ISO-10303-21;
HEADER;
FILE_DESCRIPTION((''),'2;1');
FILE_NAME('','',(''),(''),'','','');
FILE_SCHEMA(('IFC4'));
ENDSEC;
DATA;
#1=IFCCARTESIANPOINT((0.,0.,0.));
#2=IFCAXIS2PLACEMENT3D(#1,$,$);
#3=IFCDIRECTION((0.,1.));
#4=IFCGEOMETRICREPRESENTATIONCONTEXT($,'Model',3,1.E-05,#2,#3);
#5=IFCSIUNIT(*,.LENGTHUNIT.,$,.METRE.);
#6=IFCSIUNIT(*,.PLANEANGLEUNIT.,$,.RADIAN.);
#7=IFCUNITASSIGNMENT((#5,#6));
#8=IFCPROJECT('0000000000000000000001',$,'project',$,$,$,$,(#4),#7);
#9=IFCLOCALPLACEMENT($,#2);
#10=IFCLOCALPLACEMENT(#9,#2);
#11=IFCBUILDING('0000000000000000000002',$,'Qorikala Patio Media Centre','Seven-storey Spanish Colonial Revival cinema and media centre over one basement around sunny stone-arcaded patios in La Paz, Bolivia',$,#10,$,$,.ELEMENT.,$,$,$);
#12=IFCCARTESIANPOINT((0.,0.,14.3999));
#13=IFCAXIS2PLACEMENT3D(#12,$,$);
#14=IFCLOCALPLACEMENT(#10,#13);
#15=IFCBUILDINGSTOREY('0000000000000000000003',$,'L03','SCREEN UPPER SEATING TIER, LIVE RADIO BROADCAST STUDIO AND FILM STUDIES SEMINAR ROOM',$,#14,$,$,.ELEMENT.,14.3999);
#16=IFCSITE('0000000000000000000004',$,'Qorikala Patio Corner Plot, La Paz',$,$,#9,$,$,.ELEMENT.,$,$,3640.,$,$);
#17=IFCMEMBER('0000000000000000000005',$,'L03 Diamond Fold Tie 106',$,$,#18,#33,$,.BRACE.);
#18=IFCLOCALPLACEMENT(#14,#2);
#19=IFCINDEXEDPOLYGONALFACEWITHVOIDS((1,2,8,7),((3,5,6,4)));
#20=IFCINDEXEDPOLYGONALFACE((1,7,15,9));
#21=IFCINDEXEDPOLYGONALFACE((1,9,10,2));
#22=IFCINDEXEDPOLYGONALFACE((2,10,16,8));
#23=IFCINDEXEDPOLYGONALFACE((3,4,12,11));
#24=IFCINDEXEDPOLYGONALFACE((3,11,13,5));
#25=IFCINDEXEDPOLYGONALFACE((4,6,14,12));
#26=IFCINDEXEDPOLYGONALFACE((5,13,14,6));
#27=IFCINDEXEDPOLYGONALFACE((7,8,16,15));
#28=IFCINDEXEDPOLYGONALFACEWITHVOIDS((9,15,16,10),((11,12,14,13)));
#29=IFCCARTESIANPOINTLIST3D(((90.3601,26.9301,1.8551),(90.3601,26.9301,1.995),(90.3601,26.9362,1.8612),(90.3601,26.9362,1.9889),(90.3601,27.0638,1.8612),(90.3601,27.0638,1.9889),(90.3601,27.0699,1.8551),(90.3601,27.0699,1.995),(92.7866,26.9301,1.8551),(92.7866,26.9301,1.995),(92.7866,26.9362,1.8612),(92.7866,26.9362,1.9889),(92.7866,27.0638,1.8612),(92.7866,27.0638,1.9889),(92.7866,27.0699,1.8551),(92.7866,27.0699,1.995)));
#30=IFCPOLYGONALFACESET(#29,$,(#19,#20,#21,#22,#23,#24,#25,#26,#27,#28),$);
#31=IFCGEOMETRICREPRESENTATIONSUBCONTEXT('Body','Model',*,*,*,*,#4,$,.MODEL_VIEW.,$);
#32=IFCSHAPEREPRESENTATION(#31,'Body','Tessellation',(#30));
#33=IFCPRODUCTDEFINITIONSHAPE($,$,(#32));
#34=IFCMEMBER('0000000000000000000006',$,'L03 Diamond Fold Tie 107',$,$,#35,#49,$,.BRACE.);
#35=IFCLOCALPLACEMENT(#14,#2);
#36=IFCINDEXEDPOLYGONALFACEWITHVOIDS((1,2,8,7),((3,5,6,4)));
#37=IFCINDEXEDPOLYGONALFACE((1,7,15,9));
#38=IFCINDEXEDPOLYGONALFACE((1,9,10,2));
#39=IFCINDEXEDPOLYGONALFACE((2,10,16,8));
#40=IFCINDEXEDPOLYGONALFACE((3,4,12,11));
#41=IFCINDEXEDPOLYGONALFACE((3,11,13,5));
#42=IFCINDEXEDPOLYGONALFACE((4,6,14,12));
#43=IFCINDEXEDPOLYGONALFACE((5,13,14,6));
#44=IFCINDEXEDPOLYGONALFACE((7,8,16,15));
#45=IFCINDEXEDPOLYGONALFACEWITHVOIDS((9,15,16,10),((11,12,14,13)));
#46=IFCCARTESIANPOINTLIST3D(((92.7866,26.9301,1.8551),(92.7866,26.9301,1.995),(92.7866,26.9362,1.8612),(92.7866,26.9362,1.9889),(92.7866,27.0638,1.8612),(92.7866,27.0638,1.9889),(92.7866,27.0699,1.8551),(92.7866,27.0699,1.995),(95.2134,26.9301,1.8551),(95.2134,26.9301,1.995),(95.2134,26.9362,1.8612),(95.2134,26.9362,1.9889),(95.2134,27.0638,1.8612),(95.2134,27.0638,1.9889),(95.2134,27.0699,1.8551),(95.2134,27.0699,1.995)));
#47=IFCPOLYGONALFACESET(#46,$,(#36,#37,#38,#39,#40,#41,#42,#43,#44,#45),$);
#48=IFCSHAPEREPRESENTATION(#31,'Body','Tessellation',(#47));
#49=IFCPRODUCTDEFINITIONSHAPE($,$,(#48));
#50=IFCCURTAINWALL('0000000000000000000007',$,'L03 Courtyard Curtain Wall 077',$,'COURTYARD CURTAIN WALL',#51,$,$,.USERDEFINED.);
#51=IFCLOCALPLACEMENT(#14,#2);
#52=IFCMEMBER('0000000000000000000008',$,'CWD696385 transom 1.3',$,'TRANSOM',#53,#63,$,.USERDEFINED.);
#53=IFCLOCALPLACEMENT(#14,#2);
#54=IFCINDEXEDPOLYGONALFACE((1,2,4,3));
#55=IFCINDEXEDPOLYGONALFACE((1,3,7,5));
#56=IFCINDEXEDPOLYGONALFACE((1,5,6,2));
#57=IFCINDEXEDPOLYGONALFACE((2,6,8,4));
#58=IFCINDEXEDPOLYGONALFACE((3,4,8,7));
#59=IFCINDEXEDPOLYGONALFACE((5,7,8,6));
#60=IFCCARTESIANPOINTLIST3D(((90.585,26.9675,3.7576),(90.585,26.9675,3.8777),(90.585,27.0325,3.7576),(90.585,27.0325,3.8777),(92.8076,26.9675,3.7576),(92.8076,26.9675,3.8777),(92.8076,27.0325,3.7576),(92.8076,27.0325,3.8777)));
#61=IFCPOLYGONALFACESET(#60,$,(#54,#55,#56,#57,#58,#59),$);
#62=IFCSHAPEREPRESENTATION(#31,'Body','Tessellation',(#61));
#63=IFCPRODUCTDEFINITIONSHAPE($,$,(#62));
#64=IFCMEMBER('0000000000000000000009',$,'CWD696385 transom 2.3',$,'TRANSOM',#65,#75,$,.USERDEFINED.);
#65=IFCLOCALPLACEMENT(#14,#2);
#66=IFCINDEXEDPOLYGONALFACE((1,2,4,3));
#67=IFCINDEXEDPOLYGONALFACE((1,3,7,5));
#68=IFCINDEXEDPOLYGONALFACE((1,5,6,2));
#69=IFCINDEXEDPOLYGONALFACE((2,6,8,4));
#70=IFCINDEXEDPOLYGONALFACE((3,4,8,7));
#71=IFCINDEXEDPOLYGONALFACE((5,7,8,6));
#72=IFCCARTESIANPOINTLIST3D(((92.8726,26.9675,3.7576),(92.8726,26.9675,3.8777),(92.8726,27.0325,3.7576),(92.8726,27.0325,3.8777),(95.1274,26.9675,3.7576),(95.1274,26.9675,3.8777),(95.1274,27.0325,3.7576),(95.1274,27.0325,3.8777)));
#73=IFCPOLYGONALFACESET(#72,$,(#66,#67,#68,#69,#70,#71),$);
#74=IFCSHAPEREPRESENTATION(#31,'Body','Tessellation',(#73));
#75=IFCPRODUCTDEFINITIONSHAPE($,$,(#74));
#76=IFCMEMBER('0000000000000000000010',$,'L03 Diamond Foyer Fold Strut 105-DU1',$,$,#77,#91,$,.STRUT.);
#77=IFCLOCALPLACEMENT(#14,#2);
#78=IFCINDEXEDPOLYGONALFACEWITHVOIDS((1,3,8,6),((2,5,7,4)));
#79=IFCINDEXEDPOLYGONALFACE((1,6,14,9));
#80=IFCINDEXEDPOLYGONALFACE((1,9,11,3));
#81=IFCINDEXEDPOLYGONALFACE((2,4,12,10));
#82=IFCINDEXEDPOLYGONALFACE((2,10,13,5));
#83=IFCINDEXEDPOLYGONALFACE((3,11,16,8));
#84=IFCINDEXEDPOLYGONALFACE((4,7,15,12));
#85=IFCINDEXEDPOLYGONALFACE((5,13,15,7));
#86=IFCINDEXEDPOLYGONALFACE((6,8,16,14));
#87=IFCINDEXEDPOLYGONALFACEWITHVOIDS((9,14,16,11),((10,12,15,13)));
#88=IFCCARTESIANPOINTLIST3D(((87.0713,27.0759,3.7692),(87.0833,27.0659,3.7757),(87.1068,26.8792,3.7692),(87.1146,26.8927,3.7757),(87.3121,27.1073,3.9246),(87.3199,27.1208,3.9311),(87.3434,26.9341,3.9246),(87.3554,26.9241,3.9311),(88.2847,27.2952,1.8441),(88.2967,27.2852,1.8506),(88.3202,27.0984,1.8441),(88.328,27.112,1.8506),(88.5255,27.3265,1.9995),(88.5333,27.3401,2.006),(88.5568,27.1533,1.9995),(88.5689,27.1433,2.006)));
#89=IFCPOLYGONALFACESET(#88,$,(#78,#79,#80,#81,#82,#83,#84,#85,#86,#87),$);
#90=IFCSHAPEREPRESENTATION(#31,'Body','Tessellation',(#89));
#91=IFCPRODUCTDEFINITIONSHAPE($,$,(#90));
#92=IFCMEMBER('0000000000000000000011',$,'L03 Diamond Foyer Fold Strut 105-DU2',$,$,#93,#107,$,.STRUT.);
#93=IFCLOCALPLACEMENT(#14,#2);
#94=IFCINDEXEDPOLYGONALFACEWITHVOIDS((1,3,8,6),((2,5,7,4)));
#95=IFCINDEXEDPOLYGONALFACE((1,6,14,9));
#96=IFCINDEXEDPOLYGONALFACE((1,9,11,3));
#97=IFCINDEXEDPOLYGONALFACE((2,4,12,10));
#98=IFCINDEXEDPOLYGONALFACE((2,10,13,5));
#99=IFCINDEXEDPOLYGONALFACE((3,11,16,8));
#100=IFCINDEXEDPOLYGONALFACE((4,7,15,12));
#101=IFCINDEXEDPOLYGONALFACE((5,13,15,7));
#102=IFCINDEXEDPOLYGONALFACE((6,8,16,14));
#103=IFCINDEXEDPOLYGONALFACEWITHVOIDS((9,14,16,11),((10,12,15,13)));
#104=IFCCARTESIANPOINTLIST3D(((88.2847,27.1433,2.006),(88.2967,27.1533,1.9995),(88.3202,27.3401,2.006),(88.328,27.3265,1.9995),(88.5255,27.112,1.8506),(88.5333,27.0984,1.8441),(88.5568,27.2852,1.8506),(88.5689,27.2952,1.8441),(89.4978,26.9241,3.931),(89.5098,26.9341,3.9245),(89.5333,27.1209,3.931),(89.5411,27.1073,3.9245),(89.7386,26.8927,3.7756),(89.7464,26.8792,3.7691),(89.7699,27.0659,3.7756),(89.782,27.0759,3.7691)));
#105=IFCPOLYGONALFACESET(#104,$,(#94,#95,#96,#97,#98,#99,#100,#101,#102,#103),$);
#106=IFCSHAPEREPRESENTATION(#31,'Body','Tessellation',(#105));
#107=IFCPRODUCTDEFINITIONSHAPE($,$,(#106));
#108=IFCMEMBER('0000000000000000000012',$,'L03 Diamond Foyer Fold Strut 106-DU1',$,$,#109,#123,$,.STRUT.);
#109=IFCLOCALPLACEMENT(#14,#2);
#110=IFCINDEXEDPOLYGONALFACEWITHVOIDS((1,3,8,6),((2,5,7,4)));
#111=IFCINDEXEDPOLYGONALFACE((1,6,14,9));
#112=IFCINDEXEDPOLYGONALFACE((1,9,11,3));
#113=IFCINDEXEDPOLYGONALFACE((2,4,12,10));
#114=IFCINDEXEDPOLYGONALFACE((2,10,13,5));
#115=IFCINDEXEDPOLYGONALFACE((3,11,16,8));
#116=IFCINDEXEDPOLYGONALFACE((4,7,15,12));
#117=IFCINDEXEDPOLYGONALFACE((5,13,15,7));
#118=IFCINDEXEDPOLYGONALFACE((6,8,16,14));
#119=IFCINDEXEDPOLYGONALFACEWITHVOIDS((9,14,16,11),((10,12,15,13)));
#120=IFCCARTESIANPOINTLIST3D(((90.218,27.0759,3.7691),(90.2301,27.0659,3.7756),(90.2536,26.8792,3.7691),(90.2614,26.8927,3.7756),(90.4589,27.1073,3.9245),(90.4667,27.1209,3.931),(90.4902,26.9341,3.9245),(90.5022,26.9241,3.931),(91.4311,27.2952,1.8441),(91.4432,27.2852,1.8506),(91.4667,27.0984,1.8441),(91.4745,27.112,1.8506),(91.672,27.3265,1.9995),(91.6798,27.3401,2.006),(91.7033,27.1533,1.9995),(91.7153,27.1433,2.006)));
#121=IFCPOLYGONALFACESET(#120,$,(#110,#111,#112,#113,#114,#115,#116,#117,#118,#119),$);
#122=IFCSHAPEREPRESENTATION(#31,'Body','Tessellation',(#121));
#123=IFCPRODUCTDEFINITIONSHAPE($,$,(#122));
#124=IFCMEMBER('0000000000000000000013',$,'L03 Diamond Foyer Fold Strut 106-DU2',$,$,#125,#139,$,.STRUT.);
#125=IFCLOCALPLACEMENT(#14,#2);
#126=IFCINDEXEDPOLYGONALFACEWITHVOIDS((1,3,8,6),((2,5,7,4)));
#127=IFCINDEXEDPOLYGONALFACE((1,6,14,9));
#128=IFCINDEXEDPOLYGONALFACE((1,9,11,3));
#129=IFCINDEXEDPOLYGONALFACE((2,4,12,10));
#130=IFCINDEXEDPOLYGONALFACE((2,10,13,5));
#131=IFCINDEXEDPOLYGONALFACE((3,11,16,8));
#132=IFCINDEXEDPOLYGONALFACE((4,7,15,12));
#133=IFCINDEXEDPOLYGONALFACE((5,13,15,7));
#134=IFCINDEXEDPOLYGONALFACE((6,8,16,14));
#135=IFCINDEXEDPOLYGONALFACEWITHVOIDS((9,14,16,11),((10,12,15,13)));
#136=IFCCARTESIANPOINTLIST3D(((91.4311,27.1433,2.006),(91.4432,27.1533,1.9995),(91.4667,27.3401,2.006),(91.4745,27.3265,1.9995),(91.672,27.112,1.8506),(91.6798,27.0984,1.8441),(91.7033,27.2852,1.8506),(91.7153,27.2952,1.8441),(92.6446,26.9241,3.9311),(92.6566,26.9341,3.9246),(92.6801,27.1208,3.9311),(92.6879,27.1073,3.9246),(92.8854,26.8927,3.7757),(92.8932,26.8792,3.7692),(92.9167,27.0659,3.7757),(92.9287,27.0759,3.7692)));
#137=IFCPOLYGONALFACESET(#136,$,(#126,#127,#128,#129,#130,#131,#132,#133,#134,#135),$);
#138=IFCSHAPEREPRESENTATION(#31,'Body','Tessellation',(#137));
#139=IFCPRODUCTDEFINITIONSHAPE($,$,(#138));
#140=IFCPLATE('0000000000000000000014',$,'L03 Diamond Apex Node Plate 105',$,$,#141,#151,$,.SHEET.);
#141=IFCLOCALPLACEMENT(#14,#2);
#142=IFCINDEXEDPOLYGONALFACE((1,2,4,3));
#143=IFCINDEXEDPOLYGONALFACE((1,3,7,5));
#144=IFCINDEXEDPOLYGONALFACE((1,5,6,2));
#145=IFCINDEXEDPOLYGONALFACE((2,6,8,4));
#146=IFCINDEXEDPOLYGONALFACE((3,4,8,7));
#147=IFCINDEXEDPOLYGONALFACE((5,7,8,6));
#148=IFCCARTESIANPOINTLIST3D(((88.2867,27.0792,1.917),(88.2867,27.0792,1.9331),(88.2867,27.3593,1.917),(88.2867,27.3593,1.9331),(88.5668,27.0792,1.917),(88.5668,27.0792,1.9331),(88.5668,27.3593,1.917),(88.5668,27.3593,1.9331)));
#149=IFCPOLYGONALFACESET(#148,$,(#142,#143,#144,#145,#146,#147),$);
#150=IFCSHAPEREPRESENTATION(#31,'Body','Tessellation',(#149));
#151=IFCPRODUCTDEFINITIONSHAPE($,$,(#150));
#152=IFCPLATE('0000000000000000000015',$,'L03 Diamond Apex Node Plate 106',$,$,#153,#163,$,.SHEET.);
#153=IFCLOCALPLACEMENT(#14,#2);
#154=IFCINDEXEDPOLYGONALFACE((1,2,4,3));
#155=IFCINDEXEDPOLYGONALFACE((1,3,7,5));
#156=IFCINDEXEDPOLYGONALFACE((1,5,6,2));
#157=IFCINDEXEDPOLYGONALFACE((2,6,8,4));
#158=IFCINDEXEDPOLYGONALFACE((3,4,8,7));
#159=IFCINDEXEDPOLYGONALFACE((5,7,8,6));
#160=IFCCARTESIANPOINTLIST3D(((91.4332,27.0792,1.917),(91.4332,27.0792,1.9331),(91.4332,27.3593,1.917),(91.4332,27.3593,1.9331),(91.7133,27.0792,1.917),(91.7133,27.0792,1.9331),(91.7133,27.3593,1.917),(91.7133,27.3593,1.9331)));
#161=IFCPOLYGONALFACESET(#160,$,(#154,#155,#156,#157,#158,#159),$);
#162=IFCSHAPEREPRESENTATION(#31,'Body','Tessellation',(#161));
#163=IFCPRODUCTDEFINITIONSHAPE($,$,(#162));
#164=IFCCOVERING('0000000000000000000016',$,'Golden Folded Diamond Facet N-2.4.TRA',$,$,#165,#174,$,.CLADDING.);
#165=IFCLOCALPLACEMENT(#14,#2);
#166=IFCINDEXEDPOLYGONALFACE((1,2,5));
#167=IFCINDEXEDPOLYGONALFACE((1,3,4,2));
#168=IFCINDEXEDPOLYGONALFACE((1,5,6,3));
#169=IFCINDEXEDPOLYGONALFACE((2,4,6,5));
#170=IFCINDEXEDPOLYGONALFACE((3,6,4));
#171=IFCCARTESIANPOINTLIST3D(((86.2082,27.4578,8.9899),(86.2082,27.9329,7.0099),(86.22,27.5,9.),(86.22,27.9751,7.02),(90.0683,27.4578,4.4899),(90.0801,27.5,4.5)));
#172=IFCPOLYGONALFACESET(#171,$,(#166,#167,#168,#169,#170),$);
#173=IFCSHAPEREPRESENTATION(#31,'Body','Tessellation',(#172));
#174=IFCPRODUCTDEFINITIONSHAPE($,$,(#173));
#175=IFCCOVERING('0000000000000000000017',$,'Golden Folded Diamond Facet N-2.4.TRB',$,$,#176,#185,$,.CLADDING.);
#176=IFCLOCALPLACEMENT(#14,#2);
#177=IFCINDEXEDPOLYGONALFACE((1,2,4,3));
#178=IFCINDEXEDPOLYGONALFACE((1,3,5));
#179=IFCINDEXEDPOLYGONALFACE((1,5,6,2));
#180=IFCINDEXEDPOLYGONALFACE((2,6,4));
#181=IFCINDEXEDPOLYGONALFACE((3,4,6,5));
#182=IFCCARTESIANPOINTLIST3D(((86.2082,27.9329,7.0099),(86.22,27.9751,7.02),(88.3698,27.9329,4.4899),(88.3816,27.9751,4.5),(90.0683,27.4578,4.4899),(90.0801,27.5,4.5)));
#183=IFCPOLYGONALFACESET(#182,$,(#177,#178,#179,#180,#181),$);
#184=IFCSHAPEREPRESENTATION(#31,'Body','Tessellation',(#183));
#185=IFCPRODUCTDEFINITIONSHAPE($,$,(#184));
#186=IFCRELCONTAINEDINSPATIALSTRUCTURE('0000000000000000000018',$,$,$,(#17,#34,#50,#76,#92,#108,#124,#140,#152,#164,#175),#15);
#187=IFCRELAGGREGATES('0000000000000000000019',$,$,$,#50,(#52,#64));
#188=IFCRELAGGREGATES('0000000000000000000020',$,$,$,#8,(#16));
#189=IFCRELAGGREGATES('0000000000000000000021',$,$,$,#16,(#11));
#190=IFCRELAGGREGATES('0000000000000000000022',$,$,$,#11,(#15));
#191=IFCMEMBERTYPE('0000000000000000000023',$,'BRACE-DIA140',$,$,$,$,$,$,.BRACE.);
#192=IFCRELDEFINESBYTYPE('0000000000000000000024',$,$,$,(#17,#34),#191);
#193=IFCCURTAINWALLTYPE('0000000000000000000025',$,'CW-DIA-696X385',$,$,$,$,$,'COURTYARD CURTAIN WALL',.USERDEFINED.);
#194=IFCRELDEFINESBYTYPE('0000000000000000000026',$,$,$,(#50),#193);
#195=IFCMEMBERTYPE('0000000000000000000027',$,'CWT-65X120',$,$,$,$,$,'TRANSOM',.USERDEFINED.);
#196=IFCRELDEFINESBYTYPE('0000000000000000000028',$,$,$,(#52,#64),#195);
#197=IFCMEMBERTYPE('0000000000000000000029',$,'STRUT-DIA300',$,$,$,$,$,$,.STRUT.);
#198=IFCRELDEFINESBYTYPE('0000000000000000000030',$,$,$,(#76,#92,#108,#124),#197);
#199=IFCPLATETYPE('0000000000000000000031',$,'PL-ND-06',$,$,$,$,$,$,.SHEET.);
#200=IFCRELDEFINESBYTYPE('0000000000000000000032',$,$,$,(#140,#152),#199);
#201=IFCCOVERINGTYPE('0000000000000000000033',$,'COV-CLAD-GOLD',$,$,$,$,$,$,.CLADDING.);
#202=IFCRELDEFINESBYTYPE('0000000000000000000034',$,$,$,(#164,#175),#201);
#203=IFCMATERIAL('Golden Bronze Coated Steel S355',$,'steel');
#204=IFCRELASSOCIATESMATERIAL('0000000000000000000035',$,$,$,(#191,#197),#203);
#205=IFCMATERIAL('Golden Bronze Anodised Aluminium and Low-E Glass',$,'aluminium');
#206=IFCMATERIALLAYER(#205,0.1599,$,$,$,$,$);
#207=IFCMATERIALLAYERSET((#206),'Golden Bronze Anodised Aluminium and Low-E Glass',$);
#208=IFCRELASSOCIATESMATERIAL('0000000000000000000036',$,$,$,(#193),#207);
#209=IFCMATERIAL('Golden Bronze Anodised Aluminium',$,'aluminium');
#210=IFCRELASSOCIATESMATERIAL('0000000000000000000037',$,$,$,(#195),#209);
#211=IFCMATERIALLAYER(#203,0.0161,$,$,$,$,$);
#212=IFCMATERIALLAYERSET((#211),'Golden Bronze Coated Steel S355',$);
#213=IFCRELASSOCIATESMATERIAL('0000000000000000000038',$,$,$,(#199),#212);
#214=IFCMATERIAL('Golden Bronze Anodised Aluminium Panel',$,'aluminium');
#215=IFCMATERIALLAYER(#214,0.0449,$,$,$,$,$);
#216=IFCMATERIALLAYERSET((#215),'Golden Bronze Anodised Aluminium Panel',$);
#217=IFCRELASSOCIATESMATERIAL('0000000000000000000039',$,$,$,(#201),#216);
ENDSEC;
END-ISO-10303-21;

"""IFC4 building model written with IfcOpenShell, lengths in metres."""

from ifc_helpers import new_model, si_unit, direction, frame, origin, origin_2d, place, context, subcontext, project, spatial, polyline, rectangle, hollow_rectangle, outline, extrude, material, layer, layer_set, material_profile, profile_set, type_object, element, aggregate, save


model = new_model("IFC4")

# Units and contexts
model_context = context("Model", 3, precision=1e-05, world=origin(), true_north=direction((0.0, 1.0)))
body_context = subcontext(model_context, "Body", "Model", "MODEL_VIEW")
ifc_project = project(units=[si_unit("LENGTHUNIT", "METRE"), si_unit("PLANEANGLEUNIT", "RADIAN")], contexts=[model_context])

# Site, building, storey
site_placement = place(None, origin())
site = spatial("IfcSite", under=ifc_project, at=site_placement, Name="Qorikala Patio Corner Plot, La Paz", CompositionType="ELEMENT", RefElevation=3640.0)
building_placement = place(site_placement, origin())
building = spatial("IfcBuilding", under=site, at=building_placement, Name="Qorikala Patio Media Centre", Description="Seven-storey Spanish Colonial Revival cinema and media centre over one basement around sunny stone-arcaded patios in La Paz, Bolivia", CompositionType="ELEMENT")
storey_placement = place(building_placement, frame((0.0, 0.0, 14.3999)))
storey = spatial("IfcBuildingStorey", under=building, at=storey_placement, Name="L03", Description="SCREEN UPPER SEATING TIER, LIVE RADIO BROADCAST STUDIO AND FILM STUDIES SEMINAR ROOM", CompositionType="ELEMENT", Elevation=14.3999)

# Members
ifc_material_1 = material(Name="Golden Bronze Coated Steel S355", Category="steel")
ifc_material_profile_1 = material_profile(ifc_material_1, hollow_rectangle(XDim=0.1399, YDim=0.1399, WallThickness=0.0061, at=origin_2d()), Name="HSS140X140X6")
ifc_profile_set_1 = profile_set([ifc_material_profile_1], Name="Golden Bronze Coated Steel S355")
member_type_1 = type_object("IfcMemberType", Name="BRACE-DIA140", PredefinedType="BRACE", material=ifc_profile_set_1)
member_1_placement = place(storey_placement, frame((90.3601, 27.0, 1.925), z_axis=(1.0, 0.0, 0.0), x_axis=(0.0, 1.0, 0.0)))
element("IfcMember", 1, at=member_1_placement, inside=storey, type_object=member_type_1, Name="L03 Diamond Fold Tie 106", PredefinedType="BRACE", context=body_context, shape_type="SweptSolid", body=[
    extrude(hollow_rectangle(XDim=0.1399, YDim=0.1399, WallThickness=0.0061, at=origin_2d()), origin(), (0.0, 0.0, 1.0), 2.4265),
])
member_2_placement = place(storey_placement, frame((92.7866, 27.0, 1.925), z_axis=(1.0, 0.0, 0.0), x_axis=(0.0, 1.0, 0.0)))
element("IfcMember", 2, at=member_2_placement, inside=storey, type_object=member_type_1, Name="L03 Diamond Fold Tie 107", PredefinedType="BRACE", context=body_context, shape_type="SweptSolid", body=[
    extrude(hollow_rectangle(XDim=0.1399, YDim=0.1399, WallThickness=0.0061, at=origin_2d()), origin(), (0.0, 0.0, 1.0), 2.4268),
])

# Curtain wall, members
ifc_material_2 = material(Name="Golden Bronze Anodised Aluminium and Low-E Glass", Category="aluminium")
ifc_layer_1 = layer(ifc_material_2, 0.1599)
ifc_layer_set_1 = layer_set([ifc_layer_1], Name="Golden Bronze Anodised Aluminium and Low-E Glass")
curtain_wall_type = type_object("IfcCurtainWallType", Name="CW-DIA-696X385", ElementType="COURTYARD CURTAIN WALL", PredefinedType="USERDEFINED", material=ifc_layer_set_1)
curtain_wall_placement = place(storey_placement, origin())
curtain_wall = element("IfcCurtainWall", 3, at=curtain_wall_placement, inside=storey, type_object=curtain_wall_type, Name="L03 Courtyard Curtain Wall 077", ObjectType="COURTYARD CURTAIN WALL", PredefinedType="USERDEFINED")
ifc_material_3 = material(Name="Golden Bronze Anodised Aluminium", Category="aluminium")
ifc_material_profile_2 = material_profile(ifc_material_3, rectangle(XDim=0.0649, YDim=0.1201, at=origin_2d()), Name="ALU TRANSOM 65x120")
ifc_profile_set_2 = profile_set([ifc_material_profile_2], Name="Golden Bronze Anodised Aluminium")
member_type_2 = type_object("IfcMemberType", Name="CWT-65X120", ElementType="TRANSOM", PredefinedType="USERDEFINED", material=ifc_profile_set_2)
member_3_placement = place(storey_placement, frame((90.585, 27.0, 3.8176), z_axis=(1.0, 0.0, 0.0), x_axis=(0.0, 1.0, 0.0)))
member_3 = element("IfcMember", 4, at=member_3_placement, type_object=member_type_2, Name="CWD696385 transom 1.3", ObjectType="TRANSOM", PredefinedType="USERDEFINED", context=body_context, shape_type="SweptSolid", body=[
    extrude(rectangle(XDim=0.0649, YDim=0.1201, at=origin_2d()), origin(), (0.0, 0.0, 1.0), 2.2227),
])
member_4_placement = place(storey_placement, frame((92.8726, 27.0, 3.8176), z_axis=(1.0, 0.0, 0.0), x_axis=(0.0, 1.0, 0.0)))
member_4 = element("IfcMember", 5, at=member_4_placement, type_object=member_type_2, Name="CWD696385 transom 2.3", ObjectType="TRANSOM", PredefinedType="USERDEFINED", context=body_context, shape_type="SweptSolid", body=[
    extrude(rectangle(XDim=0.0649, YDim=0.1201, at=origin_2d()), origin(), (0.0, 0.0, 1.0), 2.2549),
])
aggregate(curtain_wall, [member_3, member_4])

# Members
ifc_material_profile_3 = material_profile(ifc_material_1, hollow_rectangle(XDim=0.2, YDim=0.3, WallThickness=0.012, at=origin_2d()), Name="HSS300X200X12")
ifc_profile_set_3 = profile_set([ifc_material_profile_3], Name="Golden Bronze Coated Steel S355")
member_type_3 = type_object("IfcMemberType", Name="STRUT-DIA300", PredefinedType="STRUT", material=ifc_profile_set_3)
member_5_placement = place(storey_placement, frame((88.4268, 27.2192, 1.925), z_axis=(-0.530768, -0.095901, 0.842074), x_axis=(0.177805, -0.984066, 0.0)))
element("IfcMember", 6, at=member_5_placement, inside=storey, type_object=member_type_3, Name="L03 Diamond Foyer Fold Strut 105-DU1", PredefinedType="STRUT", context=body_context, shape_type="SweptSolid", body=[
    extrude(hollow_rectangle(XDim=0.2, YDim=0.3, WallThickness=0.012, at=origin_2d()), origin(), (0.0, 0.0, 1.0), 2.2861),
])
for number, where, z_axis, x_axis, name in (
    (7, (88.4268, 27.2192, 1.925), (0.530691, -0.095907, 0.842121), (0.17784, 0.984059, 0.0), "L03 Diamond Foyer Fold Strut 105-DU2"),
    (8, (91.5732, 27.2192, 1.925), (-0.530691, -0.095907, 0.842121), (0.17784, -0.984059, 0.0), "L03 Diamond Foyer Fold Strut 106-DU1"),
):
    element("IfcMember", number, at=place(storey_placement, frame(where, z_axis=z_axis, x_axis=x_axis)), inside=storey, type_object=member_type_3, Name=name, PredefinedType="STRUT", context=body_context, shape_type="SweptSolid", body=[
        extrude(hollow_rectangle(XDim=0.2, YDim=0.3, WallThickness=0.012, at=origin_2d()), origin(), (0.0, 0.0, 1.0), 2.2859),
    ])
member_6_placement = place(storey_placement, frame((91.5732, 27.2192, 1.925), z_axis=(0.530768, -0.095901, 0.842074), x_axis=(0.177805, 0.984066, 0.0)))
element("IfcMember", 9, at=member_6_placement, inside=storey, type_object=member_type_3, Name="L03 Diamond Foyer Fold Strut 106-DU2", PredefinedType="STRUT", context=body_context, shape_type="SweptSolid", body=[
    extrude(hollow_rectangle(XDim=0.2, YDim=0.3, WallThickness=0.012, at=origin_2d()), origin(), (0.0, 0.0, 1.0), 2.2861),
])

# Plates
ifc_layer_2 = layer(ifc_material_1, 0.0161)
ifc_layer_set_2 = layer_set([ifc_layer_2], Name="Golden Bronze Coated Steel S355")
plate_type = type_object("IfcPlateType", Name="PL-ND-06", PredefinedType="SHEET", material=ifc_layer_set_2)
for number, where, z_axis, x_axis, name in (
    (10, (88.4268, 27.2192, 1.917), (0.0, 0.0, 1.0), (1.0, 0.0, 0.0), "L03 Diamond Apex Node Plate 105"),
    (11, (91.5732, 27.2192, 1.917), (0.0, 0.0, 1.0), (1.0, 0.0, 0.0), "L03 Diamond Apex Node Plate 106"),
):
    element("IfcPlate", number, at=place(storey_placement, frame(where, z_axis=z_axis, x_axis=x_axis)), inside=storey, type_object=plate_type, Name=name, PredefinedType="SHEET", context=body_context, shape_type="SweptSolid", body=[
        extrude(rectangle(XDim=0.28, YDim=0.28, at=origin_2d()), origin(), (0.0, 0.0, 1.0), 0.0161),
    ])

# Coverings
ifc_material_4 = material(Name="Golden Bronze Anodised Aluminium Panel", Category="aluminium")
ifc_layer_3 = layer(ifc_material_4, 0.0449)
ifc_layer_set_3 = layer_set([ifc_layer_3], Name="Golden Bronze Anodised Aluminium Panel")
covering_type = type_object("IfcCoveringType", Name="COV-CLAD-GOLD", PredefinedType="CLADDING", material=ifc_layer_set_3)
covering_1_placement = place(storey_placement, frame((90.0801, 27.5, 4.5), z_axis=(0.26247, 0.938306, 0.225147), x_axis=(-0.65108, 0.0, 0.759009)))
element("IfcCovering", 12, at=covering_1_placement, inside=storey, type_object=covering_type, Name="Golden Folded Diamond Facet N-2.4.TRA", PredefinedType="CLADDING", context=body_context, shape_type="SweptSolid", body=[
    extrude(outline(polyline([(0.0, 0.0), (5.9288, 0.0), (4.426, -1.3739), (0.0, 0.0)])), origin(), (0.0, 0.0, -1.0), 0.0449),
])
covering_2_placement = place(storey_placement, frame((90.0801, 27.5, 4.5), z_axis=(0.262463, 0.938311, 0.225135), x_axis=(-0.832945, 0.102518, 0.543777)))
element("IfcCovering", 13, at=covering_2_placement, inside=storey, type_object=covering_type, Name="Golden Folded Diamond Facet N-2.4.TRB", PredefinedType="CLADDING", context=body_context, shape_type="SweptSolid", body=[
    extrude(outline(polyline([(0.0, 0.0), (4.6343, 0.0), (1.4635, -0.9843), (0.0, 0.0)])), origin(), (0.0, 0.0, -1.0), 0.0449),
])

save(model, "model.ifc")
